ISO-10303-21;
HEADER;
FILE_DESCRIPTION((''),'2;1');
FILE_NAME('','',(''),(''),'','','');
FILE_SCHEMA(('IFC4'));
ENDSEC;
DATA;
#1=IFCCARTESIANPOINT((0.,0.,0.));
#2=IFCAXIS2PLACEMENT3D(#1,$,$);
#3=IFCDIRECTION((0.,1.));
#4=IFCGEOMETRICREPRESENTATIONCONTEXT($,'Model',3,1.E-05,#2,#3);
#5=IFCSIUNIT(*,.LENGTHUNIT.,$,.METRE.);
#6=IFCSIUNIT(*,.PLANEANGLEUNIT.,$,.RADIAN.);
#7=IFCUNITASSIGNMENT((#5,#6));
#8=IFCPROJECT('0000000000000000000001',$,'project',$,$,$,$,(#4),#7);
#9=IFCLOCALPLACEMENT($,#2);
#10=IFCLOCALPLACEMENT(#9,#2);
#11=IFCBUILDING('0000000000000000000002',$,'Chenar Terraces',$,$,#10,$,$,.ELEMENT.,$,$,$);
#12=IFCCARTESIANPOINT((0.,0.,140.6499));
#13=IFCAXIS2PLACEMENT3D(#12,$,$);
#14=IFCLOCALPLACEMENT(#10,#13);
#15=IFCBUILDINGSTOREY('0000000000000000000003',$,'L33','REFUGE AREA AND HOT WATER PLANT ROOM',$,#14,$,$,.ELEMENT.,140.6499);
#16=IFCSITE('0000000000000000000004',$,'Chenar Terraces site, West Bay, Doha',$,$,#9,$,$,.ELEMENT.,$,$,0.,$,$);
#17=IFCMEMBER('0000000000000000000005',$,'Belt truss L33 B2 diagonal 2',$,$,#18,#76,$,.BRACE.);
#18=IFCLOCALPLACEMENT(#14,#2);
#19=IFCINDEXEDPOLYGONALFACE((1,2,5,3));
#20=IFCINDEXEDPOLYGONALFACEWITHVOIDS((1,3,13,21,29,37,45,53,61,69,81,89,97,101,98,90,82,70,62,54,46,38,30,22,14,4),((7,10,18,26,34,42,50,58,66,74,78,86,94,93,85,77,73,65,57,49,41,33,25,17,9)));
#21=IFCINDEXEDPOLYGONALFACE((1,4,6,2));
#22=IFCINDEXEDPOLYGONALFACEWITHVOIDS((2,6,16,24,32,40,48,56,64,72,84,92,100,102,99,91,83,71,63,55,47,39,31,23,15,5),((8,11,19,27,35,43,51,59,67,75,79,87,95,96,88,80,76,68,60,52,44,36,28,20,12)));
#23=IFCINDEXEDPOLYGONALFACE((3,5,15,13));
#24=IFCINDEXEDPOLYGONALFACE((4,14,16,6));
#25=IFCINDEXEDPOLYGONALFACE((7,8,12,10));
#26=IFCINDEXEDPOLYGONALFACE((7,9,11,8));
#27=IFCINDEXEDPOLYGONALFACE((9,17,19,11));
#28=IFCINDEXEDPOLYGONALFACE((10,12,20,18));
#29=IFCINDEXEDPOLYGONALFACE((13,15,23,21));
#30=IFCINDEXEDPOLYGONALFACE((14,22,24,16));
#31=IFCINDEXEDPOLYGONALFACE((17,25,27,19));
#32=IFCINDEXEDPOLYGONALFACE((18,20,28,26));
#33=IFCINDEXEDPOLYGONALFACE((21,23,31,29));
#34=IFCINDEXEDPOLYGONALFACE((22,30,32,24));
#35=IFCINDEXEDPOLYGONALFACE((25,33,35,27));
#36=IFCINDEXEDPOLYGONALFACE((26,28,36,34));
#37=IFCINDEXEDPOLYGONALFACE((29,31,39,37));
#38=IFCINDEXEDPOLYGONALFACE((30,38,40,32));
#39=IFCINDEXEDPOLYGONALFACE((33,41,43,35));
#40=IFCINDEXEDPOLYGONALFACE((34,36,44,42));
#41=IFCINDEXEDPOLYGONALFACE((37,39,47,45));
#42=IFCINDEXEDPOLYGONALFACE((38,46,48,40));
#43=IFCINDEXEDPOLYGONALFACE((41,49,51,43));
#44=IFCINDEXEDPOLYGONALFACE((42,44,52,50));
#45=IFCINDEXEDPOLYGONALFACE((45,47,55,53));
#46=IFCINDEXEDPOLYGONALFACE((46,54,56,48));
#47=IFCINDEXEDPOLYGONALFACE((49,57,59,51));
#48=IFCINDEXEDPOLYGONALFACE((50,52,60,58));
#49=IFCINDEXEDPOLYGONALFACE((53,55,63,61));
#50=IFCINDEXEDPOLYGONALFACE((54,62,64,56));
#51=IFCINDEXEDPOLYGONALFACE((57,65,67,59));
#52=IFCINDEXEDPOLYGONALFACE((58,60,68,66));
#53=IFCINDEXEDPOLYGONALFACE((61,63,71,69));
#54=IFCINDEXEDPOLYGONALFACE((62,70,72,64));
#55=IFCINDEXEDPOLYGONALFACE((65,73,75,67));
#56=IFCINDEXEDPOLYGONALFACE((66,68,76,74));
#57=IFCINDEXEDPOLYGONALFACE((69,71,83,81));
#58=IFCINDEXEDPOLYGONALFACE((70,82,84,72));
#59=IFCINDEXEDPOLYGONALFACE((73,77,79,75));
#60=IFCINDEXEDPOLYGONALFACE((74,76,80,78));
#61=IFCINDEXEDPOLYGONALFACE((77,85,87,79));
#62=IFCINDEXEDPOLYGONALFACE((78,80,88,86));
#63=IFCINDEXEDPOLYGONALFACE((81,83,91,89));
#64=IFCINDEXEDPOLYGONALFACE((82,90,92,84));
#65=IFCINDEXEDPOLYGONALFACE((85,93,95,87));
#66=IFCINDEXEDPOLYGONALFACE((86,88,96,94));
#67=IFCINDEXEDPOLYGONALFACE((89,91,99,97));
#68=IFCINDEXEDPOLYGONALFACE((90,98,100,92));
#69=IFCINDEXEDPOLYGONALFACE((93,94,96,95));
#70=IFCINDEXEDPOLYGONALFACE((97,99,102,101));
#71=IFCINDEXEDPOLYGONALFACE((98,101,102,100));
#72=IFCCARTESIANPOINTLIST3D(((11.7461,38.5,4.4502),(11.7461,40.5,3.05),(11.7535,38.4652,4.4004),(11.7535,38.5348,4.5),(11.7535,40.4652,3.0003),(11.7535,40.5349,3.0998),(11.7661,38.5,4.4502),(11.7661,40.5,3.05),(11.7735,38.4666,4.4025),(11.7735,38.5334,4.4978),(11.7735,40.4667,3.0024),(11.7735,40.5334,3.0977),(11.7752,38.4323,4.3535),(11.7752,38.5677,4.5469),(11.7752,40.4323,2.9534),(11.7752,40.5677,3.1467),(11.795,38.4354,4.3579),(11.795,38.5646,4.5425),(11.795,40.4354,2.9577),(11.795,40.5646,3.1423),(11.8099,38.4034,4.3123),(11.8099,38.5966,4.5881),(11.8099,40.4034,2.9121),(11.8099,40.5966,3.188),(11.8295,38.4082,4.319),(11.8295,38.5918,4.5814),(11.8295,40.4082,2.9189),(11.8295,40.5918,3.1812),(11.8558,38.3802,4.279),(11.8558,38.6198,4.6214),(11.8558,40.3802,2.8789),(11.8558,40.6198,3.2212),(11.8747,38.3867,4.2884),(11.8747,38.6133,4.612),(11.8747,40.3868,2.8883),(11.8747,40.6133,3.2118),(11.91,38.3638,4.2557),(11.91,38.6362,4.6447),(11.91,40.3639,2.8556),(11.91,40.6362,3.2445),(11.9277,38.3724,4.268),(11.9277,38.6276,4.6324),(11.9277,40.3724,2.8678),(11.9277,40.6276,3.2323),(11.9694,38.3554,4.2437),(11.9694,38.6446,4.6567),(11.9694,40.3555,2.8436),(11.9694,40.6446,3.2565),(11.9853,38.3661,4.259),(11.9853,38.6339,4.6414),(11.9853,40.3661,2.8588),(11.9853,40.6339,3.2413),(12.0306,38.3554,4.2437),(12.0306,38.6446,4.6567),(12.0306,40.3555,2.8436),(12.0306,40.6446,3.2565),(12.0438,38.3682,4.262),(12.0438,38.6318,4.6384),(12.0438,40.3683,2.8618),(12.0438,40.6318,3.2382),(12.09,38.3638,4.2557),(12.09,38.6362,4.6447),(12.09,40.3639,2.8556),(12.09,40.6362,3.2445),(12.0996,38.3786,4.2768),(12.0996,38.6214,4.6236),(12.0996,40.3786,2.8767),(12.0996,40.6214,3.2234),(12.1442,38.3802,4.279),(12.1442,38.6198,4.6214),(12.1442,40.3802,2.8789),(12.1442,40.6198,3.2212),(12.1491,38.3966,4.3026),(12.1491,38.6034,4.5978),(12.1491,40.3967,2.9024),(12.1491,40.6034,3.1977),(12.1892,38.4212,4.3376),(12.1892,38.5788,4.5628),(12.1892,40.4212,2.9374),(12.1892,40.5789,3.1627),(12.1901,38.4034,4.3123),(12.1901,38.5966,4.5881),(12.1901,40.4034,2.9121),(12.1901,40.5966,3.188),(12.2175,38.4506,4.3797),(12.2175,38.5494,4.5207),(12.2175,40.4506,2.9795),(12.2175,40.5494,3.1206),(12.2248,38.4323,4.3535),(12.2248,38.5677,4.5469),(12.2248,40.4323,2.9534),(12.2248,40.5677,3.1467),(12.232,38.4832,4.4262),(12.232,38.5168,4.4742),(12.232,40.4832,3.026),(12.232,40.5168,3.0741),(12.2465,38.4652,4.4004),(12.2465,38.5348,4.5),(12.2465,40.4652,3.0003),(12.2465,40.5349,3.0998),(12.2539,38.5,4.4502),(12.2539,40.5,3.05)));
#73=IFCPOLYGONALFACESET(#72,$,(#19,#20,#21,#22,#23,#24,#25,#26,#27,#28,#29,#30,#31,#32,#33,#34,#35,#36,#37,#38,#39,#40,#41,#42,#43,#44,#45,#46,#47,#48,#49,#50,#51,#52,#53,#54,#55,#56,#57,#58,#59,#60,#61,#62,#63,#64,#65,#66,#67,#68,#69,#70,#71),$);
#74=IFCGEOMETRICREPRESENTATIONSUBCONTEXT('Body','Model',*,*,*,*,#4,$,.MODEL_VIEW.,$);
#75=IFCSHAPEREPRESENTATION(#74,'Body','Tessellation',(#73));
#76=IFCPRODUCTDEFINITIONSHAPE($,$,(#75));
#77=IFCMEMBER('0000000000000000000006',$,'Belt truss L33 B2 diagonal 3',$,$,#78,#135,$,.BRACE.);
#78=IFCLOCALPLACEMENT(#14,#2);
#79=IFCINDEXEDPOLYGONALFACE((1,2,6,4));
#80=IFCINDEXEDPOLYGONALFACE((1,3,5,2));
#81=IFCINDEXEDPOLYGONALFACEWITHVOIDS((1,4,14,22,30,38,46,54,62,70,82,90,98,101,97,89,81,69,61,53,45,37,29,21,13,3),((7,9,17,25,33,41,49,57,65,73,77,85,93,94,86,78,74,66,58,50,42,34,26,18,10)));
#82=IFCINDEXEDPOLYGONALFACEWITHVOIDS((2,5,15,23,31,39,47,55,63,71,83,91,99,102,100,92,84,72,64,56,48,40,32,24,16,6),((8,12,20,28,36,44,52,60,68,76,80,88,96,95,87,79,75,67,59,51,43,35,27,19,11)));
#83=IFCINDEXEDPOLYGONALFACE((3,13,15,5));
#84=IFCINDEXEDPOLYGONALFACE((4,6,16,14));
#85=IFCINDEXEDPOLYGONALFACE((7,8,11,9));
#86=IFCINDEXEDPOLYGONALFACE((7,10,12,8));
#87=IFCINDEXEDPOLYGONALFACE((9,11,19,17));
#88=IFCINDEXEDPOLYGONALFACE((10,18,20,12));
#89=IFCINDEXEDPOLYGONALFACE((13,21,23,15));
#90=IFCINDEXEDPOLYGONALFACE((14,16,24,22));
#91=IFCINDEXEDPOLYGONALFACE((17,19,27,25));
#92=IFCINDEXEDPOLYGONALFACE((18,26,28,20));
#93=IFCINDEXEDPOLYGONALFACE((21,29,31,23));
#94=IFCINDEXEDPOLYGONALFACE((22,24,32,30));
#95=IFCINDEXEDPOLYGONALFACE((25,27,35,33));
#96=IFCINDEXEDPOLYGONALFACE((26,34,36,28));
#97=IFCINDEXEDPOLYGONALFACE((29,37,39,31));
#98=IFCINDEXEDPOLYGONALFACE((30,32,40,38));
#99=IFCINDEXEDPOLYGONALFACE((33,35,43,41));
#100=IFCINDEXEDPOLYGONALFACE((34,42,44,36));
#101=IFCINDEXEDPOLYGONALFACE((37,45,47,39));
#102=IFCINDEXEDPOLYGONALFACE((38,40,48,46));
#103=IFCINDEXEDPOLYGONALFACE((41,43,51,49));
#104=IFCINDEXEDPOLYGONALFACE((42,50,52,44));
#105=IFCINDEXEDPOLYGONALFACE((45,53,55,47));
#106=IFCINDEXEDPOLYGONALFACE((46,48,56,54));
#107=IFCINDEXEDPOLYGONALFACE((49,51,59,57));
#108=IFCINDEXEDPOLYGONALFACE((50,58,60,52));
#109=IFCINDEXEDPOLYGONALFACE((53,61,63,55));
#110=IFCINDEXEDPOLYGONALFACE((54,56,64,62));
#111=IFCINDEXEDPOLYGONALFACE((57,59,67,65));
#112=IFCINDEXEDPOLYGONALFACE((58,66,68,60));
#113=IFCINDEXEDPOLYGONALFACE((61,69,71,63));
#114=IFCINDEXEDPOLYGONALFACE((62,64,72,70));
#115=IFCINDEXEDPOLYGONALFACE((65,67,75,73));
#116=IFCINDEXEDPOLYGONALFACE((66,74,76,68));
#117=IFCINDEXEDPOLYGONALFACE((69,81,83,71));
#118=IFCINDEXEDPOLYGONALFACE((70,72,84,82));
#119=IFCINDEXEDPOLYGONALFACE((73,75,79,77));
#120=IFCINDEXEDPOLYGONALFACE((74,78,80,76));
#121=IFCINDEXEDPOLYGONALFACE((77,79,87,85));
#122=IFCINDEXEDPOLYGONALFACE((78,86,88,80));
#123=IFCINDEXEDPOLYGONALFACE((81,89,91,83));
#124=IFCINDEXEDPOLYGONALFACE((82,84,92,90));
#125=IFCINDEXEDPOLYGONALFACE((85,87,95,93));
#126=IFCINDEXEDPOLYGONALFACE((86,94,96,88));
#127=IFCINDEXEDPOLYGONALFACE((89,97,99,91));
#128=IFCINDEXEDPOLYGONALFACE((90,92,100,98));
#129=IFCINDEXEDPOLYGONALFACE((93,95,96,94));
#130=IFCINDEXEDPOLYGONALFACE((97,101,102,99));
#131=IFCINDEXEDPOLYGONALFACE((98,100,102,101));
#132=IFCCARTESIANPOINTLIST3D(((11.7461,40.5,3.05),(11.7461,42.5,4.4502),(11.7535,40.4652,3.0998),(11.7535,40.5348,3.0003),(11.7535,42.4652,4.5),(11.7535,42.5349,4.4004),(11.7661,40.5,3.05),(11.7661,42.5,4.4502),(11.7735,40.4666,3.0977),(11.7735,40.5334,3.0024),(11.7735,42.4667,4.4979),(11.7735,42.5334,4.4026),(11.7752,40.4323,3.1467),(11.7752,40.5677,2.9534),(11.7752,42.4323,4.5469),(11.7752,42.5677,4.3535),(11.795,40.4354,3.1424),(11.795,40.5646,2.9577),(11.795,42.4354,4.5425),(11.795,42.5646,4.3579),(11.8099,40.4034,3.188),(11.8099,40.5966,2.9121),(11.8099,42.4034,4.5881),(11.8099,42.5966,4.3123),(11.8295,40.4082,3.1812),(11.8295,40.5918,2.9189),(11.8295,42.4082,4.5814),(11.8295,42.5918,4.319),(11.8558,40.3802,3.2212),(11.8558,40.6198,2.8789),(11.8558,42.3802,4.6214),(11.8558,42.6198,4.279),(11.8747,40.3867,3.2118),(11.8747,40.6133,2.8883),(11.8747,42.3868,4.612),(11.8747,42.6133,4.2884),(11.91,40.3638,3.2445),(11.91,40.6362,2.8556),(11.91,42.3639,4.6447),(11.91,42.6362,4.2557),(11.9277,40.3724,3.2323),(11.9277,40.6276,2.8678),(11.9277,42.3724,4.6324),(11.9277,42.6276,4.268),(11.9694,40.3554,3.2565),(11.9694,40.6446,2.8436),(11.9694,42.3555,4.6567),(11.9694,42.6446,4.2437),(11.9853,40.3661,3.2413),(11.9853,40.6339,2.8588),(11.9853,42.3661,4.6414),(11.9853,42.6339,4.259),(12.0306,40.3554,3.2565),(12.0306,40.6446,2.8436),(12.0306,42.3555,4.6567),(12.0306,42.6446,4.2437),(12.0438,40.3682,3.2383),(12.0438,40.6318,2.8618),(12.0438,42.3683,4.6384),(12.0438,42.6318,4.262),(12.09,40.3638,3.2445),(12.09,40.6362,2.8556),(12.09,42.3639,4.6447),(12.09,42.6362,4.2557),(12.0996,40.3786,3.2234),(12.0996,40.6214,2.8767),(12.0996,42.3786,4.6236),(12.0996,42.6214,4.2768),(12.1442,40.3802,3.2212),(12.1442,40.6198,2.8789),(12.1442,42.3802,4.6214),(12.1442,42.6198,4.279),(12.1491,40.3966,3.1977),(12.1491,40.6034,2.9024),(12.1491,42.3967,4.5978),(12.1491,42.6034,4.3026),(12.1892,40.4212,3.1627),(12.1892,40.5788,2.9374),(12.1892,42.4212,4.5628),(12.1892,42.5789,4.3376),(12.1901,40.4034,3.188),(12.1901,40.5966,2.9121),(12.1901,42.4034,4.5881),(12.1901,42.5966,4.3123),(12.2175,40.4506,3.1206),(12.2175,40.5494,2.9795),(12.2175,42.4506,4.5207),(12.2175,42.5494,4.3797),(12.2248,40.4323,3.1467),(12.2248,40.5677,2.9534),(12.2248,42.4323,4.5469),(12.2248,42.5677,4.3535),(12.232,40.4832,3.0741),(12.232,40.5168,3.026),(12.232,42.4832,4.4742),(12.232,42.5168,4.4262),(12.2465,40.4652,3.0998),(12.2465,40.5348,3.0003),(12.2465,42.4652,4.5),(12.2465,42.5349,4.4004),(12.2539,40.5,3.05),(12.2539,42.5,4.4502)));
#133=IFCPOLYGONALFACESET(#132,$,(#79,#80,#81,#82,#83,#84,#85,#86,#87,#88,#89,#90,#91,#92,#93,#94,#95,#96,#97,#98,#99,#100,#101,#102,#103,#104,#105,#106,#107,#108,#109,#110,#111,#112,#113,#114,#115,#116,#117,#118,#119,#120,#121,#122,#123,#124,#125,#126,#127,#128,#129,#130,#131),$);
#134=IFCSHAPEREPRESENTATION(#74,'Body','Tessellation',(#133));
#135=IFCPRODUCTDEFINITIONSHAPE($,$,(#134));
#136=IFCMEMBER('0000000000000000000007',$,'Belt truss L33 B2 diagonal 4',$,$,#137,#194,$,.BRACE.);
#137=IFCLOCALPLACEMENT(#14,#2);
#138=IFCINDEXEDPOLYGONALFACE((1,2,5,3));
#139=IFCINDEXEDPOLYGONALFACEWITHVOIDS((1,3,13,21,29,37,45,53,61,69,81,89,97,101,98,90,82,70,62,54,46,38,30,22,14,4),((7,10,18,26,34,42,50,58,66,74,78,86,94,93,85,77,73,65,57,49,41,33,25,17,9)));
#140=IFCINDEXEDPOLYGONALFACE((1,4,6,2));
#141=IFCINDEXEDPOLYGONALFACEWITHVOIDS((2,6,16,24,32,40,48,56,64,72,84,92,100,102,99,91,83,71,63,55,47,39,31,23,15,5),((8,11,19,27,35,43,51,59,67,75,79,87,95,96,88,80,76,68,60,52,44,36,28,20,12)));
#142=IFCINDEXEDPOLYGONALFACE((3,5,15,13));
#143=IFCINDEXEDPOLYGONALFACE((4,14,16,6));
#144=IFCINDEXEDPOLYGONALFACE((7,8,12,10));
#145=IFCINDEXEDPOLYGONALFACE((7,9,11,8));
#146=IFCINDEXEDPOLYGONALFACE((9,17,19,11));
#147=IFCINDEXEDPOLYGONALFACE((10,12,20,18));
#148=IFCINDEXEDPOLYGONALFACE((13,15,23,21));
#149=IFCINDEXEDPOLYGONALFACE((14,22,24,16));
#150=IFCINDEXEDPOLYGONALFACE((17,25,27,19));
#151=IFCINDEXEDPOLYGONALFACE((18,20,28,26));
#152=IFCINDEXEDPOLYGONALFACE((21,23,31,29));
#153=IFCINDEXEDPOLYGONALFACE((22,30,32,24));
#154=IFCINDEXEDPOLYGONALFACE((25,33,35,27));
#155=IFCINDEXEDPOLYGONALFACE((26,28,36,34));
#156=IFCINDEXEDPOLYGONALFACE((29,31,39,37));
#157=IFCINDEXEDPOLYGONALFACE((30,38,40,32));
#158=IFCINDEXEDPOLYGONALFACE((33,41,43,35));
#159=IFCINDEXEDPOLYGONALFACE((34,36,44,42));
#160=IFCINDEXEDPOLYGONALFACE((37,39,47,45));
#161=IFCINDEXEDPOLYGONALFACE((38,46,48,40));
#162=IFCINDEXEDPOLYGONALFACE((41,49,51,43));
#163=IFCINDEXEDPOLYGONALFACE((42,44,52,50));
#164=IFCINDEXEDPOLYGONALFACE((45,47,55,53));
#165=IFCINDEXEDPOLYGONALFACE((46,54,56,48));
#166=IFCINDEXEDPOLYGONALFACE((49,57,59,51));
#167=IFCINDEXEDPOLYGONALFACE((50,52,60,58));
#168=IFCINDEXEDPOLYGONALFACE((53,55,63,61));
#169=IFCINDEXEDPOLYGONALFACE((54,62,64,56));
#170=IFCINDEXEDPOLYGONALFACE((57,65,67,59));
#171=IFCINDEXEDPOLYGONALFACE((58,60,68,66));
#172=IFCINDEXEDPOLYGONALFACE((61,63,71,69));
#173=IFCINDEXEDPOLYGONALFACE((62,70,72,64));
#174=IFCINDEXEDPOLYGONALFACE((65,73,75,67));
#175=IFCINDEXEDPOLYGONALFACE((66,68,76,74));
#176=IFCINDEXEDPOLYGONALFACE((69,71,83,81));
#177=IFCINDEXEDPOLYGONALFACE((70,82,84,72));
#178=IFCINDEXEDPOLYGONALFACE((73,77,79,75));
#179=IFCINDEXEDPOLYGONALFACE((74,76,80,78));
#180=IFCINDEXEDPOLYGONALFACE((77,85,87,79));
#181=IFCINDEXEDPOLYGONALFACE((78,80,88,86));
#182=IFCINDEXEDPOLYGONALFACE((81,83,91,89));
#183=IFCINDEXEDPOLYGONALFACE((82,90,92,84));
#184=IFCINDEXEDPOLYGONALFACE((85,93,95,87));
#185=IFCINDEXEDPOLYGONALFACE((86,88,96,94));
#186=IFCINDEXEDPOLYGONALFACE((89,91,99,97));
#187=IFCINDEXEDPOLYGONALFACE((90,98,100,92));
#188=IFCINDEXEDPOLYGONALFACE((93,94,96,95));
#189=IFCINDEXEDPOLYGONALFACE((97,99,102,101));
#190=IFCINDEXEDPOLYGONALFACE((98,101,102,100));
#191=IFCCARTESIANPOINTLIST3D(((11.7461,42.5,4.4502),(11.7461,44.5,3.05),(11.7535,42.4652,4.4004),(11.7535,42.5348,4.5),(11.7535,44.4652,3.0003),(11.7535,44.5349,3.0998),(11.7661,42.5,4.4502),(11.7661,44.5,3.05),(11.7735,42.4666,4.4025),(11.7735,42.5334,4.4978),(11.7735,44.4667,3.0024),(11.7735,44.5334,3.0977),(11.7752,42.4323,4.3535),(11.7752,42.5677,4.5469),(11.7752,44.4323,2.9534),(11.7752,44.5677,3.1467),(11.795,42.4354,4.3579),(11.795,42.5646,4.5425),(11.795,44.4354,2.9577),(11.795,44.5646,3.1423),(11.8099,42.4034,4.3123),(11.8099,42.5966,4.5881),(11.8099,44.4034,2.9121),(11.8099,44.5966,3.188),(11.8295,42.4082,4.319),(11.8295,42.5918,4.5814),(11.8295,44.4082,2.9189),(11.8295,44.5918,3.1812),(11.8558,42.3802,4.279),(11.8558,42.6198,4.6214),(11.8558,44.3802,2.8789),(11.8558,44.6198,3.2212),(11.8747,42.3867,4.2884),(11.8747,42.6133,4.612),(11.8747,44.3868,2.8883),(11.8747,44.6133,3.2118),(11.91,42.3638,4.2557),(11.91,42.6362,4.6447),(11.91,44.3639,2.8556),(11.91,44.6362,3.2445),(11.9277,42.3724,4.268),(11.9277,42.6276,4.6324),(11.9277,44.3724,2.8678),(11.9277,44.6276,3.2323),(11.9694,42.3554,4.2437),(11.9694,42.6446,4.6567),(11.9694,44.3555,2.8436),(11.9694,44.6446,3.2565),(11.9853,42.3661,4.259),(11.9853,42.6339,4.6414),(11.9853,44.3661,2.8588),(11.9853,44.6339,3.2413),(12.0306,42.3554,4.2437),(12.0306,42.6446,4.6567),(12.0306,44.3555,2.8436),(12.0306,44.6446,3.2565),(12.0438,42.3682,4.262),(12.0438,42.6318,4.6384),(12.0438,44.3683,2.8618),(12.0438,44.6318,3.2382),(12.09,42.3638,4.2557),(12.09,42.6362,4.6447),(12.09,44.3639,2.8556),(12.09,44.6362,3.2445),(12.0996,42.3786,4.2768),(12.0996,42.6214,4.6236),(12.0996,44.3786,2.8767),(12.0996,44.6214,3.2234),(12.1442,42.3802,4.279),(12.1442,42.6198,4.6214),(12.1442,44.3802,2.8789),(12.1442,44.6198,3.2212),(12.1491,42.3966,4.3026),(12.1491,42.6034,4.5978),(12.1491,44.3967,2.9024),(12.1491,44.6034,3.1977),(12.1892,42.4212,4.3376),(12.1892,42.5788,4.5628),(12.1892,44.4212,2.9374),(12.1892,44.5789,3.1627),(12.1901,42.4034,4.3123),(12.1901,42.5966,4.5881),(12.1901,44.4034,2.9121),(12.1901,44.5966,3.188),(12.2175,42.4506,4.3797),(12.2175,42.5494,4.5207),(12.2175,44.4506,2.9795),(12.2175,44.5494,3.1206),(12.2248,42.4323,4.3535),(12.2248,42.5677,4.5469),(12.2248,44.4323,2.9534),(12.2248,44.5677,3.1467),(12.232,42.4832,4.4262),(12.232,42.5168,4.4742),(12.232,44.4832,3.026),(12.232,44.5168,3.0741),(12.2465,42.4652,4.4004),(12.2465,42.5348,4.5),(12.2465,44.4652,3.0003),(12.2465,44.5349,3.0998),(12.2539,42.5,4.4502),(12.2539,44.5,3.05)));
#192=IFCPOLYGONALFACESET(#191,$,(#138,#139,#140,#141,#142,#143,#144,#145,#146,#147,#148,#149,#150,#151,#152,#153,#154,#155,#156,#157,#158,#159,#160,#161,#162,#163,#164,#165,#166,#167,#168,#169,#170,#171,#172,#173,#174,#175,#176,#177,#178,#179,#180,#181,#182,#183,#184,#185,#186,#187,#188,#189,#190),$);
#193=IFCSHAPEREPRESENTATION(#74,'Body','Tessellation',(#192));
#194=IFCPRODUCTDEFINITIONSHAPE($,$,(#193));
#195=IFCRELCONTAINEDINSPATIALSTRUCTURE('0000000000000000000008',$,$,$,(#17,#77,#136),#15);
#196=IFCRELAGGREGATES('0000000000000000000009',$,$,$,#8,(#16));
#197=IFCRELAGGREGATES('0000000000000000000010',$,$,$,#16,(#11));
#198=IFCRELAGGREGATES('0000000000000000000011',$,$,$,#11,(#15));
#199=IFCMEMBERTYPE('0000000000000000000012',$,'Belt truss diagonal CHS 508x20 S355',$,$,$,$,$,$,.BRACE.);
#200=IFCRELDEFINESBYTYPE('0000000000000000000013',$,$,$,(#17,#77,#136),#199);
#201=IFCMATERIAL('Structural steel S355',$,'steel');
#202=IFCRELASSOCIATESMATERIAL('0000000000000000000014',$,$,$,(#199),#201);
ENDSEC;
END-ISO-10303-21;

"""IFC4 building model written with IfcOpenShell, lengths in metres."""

from ifc_helpers import new_model, si_unit, direction, frame, origin, origin_2d, place, context, subcontext, project, spatial, hollow_circle, extrude, material, material_profile, profile_set, type_object, element, save


model = new_model("IFC4")

# Units and contexts
model_context = context("Model", 3, precision=1e-05, world=origin(), true_north=direction((0.0, 1.0)))
body_context = subcontext(model_context, "Body", "Model", "MODEL_VIEW")
ifc_project = project(units=[si_unit("LENGTHUNIT", "METRE"), si_unit("PLANEANGLEUNIT", "RADIAN")], contexts=[model_context])

# Site, building, storey
site_placement = place(None, origin())
site = spatial("IfcSite", under=ifc_project, at=site_placement, Name="Chenar Terraces site, West Bay, Doha", CompositionType="ELEMENT", RefElevation=0.0)
building_placement = place(site_placement, origin())
building = spatial("IfcBuilding", under=site, at=building_placement, Name="Chenar Terraces", CompositionType="ELEMENT")
storey_placement = place(building_placement, frame((0.0, 0.0, 140.6499)))
storey = spatial("IfcBuildingStorey", under=building, at=storey_placement, Name="L33", Description="REFUGE AREA AND HOT WATER PLANT ROOM", CompositionType="ELEMENT", Elevation=140.6499)

# Members
ifc_material_1 = material(Name="Structural steel S355", Category="steel")
ifc_material_profile_1 = material_profile(ifc_material_1, hollow_circle(Radius=0.2539, WallThickness=0.02, at=origin_2d()), Name="CHS 508x20")
ifc_profile_set_1 = profile_set([ifc_material_profile_1], Name="Structural steel S355")
member_type = type_object("IfcMemberType", Name="Belt truss diagonal CHS 508x20 S355", PredefinedType="BRACE", material=ifc_profile_set_1)
for number, where, z_axis, x_axis, name in (
    (1, (12.0, 38.5, 4.4502), (0.0, 0.819204, -0.573503), (-1.0, 0.0, 0.0), "Belt truss L33 B2 diagonal 2"),
    (2, (12.0, 40.5, 3.05), (0.0, 0.819204, 0.573503), (-1.0, 0.0, 0.0), "Belt truss L33 B2 diagonal 3"),
    (3, (12.0, 42.5, 4.4502), (0.0, 0.819204, -0.573503), (-1.0, 0.0, 0.0), "Belt truss L33 B2 diagonal 4"),
):
    element("IfcMember", number, at=place(storey_placement, frame(where, z_axis=z_axis, x_axis=x_axis)), inside=storey, type_object=member_type, Name=name, PredefinedType="BRACE", context=body_context, shape_type="SweptSolid", body=[
        extrude(hollow_circle(Radius=0.2539, WallThickness=0.02, at=origin_2d()), origin(), (0.0, 0.0, 1.0), 2.4414),
    ])

save(model, "model.ifc")
